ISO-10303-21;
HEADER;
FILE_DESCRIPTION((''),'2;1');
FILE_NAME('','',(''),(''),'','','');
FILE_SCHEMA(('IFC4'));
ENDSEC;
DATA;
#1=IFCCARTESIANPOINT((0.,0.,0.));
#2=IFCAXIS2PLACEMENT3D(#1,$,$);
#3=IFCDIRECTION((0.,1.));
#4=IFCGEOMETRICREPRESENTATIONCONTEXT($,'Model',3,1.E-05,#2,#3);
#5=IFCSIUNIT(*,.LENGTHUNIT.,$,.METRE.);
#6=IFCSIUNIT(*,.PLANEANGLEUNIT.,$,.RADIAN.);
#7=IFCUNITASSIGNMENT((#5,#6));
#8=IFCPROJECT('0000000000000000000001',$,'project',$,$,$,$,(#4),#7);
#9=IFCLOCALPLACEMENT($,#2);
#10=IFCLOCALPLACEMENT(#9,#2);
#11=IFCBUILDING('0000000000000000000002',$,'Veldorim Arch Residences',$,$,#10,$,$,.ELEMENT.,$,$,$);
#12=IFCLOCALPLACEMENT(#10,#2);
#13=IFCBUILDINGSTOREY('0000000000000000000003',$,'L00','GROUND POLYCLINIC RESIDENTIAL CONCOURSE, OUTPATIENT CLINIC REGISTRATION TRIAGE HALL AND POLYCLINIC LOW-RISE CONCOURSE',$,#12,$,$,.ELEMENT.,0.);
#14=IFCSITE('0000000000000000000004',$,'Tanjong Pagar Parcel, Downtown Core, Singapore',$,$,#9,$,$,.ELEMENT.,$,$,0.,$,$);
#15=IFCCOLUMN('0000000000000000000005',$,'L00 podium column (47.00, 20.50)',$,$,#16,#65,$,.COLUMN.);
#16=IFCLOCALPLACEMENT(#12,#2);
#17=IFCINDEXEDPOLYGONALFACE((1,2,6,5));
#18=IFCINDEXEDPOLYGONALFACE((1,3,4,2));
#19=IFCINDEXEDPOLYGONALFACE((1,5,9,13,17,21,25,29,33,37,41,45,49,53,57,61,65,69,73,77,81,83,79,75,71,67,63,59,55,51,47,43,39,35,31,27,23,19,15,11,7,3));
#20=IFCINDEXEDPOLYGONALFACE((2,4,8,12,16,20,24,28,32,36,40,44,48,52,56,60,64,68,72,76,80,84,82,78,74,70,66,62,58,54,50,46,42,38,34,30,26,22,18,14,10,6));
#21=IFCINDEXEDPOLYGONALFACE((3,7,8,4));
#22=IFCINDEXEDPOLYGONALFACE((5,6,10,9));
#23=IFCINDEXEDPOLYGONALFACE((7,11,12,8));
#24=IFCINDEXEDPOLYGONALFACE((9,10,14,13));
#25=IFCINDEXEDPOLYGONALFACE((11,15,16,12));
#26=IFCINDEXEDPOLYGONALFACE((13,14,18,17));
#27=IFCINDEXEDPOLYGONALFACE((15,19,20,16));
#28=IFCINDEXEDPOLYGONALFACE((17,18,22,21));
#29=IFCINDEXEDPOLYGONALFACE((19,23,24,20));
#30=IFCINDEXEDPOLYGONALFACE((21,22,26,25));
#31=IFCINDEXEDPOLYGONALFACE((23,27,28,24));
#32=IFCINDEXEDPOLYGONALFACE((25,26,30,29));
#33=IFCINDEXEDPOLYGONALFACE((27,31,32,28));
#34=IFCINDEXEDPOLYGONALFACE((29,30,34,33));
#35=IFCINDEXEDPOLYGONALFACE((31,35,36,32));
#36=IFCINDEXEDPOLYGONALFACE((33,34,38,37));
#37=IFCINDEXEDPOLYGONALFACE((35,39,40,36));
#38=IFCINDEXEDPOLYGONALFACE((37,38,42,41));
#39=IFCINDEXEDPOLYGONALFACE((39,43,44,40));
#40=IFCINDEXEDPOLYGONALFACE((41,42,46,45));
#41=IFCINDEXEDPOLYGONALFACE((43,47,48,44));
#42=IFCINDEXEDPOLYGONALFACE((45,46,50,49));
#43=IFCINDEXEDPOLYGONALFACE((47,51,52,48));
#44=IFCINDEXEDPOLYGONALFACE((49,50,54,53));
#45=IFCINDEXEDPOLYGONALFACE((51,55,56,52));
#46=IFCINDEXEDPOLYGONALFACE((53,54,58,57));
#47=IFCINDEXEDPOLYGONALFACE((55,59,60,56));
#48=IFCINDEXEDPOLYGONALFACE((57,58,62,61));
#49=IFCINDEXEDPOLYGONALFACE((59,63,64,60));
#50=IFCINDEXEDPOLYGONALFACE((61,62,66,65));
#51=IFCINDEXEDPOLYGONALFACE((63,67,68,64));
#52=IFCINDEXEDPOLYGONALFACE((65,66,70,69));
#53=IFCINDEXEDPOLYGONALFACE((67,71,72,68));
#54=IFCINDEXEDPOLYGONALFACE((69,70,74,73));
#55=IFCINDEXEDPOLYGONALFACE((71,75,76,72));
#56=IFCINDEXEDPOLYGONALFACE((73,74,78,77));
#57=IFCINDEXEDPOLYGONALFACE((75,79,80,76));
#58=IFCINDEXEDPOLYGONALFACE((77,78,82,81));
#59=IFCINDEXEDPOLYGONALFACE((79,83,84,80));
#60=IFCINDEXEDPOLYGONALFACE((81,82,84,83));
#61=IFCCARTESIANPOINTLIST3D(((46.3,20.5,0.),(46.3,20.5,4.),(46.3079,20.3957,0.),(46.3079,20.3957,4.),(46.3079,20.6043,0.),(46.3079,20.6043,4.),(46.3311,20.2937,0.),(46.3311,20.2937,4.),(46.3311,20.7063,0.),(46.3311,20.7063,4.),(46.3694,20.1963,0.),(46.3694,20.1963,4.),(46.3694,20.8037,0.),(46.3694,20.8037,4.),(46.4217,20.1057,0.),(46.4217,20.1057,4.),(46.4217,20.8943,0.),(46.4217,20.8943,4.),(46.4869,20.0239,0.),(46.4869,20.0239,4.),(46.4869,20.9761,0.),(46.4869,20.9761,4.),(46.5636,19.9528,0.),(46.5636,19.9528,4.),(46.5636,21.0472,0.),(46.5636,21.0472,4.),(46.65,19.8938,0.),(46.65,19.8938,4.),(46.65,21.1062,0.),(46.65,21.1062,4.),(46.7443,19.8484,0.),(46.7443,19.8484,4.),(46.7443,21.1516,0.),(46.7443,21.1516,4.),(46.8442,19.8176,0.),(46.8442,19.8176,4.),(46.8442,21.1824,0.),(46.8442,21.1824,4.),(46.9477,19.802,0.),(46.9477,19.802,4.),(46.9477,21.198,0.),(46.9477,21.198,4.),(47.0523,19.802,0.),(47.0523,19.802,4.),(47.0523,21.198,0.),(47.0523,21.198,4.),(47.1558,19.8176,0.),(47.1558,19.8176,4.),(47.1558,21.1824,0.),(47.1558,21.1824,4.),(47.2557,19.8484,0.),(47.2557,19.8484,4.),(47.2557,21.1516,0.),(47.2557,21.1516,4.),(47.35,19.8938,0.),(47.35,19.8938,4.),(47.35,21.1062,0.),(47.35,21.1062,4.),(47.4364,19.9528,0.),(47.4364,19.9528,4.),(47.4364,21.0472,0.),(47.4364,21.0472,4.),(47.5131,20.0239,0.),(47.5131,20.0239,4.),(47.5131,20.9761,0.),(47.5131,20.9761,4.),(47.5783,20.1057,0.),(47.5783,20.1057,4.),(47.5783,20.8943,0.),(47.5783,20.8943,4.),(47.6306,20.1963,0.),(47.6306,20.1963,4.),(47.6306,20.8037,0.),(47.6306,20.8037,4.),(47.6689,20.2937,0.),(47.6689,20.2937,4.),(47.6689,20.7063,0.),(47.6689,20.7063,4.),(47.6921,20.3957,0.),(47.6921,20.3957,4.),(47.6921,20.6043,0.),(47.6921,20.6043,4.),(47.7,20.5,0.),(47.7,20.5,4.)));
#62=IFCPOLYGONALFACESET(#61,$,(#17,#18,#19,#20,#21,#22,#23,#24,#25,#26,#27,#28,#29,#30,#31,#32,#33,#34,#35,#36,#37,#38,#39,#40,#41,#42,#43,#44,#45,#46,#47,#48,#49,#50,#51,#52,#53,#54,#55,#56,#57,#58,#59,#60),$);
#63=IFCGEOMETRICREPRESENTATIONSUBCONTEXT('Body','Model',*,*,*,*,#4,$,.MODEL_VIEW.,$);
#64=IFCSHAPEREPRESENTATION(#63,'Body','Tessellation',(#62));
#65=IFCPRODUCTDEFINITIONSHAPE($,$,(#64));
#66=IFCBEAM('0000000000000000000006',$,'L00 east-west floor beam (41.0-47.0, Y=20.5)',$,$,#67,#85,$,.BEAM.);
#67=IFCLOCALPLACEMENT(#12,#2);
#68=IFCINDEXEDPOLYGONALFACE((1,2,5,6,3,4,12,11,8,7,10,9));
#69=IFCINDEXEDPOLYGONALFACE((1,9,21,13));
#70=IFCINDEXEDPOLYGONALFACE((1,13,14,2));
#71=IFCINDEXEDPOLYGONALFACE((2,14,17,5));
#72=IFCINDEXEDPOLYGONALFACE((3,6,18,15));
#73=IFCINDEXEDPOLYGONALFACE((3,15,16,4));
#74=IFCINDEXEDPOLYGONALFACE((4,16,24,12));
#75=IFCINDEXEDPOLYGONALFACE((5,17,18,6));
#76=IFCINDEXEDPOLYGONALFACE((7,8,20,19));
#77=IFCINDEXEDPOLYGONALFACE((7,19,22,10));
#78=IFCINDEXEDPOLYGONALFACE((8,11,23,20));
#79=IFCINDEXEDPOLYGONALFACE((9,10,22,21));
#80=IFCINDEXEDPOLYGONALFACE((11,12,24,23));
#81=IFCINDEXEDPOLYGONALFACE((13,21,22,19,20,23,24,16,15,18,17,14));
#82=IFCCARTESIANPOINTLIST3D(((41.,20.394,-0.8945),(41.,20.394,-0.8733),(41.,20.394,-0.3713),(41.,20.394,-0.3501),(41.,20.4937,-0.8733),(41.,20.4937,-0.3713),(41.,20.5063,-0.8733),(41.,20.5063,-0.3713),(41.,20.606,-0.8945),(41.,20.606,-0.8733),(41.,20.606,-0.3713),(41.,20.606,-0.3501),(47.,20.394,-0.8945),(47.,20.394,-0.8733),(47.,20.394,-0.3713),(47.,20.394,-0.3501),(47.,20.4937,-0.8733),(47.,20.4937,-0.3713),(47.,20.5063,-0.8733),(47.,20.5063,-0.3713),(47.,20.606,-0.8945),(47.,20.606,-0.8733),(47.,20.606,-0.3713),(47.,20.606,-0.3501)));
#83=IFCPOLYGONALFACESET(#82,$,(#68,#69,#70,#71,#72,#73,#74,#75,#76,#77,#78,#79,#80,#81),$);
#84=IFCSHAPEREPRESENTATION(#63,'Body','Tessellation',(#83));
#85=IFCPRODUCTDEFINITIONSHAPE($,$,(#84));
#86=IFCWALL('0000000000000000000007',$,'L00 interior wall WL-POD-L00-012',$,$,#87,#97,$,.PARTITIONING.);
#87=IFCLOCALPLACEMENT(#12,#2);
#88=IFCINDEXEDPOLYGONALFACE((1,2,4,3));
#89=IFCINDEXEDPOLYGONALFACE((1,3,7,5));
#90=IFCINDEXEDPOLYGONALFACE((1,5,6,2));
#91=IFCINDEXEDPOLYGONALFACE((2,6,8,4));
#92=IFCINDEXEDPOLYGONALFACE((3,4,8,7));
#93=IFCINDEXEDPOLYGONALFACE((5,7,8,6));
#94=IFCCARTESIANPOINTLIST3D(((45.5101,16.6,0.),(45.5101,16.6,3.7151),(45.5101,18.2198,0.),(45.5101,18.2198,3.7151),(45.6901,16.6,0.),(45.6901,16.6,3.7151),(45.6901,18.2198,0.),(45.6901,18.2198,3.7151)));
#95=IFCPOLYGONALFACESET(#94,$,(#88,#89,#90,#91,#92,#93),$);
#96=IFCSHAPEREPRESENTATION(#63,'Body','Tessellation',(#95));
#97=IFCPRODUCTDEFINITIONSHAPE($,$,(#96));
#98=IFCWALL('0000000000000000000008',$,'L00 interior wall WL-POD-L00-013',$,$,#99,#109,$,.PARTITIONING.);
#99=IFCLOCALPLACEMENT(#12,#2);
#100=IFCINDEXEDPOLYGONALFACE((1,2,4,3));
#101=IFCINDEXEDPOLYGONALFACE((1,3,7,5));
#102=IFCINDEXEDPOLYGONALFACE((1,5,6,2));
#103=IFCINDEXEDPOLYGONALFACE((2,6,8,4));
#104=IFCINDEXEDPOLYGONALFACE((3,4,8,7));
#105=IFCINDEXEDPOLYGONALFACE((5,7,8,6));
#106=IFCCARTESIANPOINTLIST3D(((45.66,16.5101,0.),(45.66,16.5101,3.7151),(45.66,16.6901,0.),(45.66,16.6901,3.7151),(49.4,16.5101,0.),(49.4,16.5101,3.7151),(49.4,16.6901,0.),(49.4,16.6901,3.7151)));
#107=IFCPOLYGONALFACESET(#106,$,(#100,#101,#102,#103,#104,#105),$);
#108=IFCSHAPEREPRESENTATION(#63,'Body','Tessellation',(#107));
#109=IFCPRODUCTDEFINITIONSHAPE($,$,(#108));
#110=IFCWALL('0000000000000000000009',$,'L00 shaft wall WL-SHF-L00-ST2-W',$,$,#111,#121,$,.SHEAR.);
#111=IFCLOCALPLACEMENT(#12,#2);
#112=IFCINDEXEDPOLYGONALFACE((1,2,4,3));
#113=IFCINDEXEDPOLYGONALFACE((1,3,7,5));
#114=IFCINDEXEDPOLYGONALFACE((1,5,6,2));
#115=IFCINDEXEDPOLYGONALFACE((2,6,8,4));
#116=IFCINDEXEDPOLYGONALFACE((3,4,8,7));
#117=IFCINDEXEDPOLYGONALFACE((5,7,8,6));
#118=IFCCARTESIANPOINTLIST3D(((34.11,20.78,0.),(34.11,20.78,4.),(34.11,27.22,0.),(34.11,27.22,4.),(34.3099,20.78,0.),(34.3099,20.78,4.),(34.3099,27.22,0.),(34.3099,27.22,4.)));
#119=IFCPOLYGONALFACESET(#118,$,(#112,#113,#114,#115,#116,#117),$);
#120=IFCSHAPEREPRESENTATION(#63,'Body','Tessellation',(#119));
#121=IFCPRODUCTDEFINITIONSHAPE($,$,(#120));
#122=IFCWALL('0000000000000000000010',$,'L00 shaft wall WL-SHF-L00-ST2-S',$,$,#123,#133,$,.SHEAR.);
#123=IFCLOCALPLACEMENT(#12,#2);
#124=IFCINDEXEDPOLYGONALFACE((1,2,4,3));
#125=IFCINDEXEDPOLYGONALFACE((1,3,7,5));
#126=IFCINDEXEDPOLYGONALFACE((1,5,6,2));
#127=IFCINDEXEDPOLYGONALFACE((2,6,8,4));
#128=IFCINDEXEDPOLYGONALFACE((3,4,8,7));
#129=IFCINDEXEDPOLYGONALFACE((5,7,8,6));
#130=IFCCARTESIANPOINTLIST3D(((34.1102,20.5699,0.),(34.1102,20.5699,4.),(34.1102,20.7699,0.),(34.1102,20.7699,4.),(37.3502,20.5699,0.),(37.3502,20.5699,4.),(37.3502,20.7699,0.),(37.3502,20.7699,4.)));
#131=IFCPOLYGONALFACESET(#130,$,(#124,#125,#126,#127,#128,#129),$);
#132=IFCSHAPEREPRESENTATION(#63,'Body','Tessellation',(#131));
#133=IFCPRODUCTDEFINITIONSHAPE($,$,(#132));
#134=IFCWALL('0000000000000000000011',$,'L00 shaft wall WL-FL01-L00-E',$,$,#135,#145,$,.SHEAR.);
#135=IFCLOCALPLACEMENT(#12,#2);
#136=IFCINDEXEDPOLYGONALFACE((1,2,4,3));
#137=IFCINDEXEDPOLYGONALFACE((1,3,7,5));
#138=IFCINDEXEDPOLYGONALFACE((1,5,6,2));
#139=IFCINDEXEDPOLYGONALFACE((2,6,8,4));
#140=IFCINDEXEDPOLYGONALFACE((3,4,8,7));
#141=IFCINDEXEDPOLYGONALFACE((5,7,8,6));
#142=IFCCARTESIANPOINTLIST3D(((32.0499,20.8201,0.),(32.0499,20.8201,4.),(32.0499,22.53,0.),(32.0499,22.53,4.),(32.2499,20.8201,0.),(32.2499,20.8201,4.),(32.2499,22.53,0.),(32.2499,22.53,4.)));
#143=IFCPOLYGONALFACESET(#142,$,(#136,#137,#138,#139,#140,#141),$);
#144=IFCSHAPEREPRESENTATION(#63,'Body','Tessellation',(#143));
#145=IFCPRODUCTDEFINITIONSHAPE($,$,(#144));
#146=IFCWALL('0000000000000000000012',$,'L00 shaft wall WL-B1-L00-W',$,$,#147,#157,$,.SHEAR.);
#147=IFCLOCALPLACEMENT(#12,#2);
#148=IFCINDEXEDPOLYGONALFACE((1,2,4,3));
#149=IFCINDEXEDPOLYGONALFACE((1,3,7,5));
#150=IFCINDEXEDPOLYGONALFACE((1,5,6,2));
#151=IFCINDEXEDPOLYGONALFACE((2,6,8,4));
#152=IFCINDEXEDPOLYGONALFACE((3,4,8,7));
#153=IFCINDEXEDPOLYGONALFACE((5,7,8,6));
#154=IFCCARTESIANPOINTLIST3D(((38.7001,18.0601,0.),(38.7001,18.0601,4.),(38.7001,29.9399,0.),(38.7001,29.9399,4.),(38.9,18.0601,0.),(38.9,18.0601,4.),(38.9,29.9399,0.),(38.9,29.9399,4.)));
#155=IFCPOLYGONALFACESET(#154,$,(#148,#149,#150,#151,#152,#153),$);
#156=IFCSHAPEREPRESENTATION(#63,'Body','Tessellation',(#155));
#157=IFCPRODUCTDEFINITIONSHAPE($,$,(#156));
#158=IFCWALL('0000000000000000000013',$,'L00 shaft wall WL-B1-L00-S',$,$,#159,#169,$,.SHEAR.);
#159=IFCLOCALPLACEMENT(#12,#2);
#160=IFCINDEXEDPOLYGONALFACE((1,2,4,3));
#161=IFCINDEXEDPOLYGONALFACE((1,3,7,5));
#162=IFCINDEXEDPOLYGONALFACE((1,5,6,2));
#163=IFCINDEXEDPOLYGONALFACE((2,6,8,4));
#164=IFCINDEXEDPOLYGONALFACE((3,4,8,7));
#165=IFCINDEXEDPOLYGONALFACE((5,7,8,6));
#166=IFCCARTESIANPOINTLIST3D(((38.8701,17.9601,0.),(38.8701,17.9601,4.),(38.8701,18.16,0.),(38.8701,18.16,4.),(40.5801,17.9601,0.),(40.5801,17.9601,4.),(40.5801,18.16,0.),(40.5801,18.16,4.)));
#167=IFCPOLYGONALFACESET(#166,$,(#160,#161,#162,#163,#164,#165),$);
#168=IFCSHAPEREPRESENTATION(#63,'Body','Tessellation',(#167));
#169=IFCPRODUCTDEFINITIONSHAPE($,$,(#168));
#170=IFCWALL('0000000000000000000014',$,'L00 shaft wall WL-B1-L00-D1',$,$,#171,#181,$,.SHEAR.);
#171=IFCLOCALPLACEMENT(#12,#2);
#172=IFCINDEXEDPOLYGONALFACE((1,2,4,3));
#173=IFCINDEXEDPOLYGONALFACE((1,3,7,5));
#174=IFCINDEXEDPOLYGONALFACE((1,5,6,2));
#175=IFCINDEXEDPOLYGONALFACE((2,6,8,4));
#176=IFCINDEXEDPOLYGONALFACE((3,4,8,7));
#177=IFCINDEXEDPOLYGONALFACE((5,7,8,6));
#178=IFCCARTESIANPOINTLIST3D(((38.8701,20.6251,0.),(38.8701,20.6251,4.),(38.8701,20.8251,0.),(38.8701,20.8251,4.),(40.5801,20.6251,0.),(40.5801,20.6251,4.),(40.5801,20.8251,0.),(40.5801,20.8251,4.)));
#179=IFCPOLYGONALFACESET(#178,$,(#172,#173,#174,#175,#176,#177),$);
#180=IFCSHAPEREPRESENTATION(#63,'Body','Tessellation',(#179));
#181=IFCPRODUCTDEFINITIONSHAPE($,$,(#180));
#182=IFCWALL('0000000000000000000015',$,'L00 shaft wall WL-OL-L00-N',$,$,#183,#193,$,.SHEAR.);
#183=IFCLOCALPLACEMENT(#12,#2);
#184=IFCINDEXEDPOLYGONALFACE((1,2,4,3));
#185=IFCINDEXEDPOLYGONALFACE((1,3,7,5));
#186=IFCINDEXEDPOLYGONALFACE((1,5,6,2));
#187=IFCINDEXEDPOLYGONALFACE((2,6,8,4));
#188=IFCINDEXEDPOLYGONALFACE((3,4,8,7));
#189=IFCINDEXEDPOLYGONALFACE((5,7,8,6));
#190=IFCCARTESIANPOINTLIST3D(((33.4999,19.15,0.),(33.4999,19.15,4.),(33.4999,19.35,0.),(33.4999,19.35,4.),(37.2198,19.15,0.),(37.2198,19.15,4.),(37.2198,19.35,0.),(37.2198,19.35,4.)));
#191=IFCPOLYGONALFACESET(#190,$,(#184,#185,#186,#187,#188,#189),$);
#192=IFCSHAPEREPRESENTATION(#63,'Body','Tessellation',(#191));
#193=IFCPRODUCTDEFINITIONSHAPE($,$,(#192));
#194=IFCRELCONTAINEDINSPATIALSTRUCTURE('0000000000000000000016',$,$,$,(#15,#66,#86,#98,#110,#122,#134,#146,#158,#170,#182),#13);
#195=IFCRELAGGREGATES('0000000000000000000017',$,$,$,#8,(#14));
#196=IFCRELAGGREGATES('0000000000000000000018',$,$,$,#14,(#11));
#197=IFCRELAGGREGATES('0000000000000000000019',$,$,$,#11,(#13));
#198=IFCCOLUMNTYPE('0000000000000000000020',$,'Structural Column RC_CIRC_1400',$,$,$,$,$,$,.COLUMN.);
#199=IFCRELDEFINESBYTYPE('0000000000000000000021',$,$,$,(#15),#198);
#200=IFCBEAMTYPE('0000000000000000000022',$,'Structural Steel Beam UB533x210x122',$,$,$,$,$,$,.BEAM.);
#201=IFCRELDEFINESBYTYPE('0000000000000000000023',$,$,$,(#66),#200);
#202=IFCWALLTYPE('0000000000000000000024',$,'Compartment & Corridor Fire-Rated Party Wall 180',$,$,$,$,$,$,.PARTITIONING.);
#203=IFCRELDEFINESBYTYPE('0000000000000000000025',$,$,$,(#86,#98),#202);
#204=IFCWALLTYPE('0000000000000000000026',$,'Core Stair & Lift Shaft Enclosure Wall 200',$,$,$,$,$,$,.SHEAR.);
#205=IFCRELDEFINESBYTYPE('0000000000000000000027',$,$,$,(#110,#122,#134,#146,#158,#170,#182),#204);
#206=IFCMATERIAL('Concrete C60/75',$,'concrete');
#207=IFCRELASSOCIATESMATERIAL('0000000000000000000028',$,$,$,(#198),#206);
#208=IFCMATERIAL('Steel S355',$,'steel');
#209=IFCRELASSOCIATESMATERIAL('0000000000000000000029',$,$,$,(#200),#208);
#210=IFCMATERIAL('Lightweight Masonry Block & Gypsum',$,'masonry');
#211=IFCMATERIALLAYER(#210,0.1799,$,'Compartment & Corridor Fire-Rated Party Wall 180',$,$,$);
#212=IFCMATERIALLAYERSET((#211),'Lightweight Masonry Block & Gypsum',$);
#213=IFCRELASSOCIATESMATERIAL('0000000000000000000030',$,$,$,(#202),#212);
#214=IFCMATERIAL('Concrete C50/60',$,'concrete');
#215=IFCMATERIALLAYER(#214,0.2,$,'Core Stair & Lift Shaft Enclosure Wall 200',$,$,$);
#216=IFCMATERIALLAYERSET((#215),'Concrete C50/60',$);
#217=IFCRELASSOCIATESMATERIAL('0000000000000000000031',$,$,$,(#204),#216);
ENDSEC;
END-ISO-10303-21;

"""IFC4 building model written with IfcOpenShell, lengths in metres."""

from ifc_helpers import new_model, si_unit, direction, frame, frame_2d, origin, origin_2d, place, context, subcontext, project, spatial, rectangle, circle, i_section, extrude, material, layer, layer_set, material_profile, profile_set, type_object, element, save


model = new_model("IFC4")

# Units and contexts
model_context = context("Model", 3, precision=1e-05, world=origin(), true_north=direction((0.0, 1.0)))
body_context = subcontext(model_context, "Body", "Model", "MODEL_VIEW")
ifc_project = project(units=[si_unit("LENGTHUNIT", "METRE"), si_unit("PLANEANGLEUNIT", "RADIAN")], contexts=[model_context])

# Site, building, storey
site_placement = place(None, origin())
site = spatial("IfcSite", under=ifc_project, at=site_placement, Name="Tanjong Pagar Parcel, Downtown Core, Singapore", CompositionType="ELEMENT", RefElevation=0.0)
building_placement = place(site_placement, origin())
building = spatial("IfcBuilding", under=site, at=building_placement, Name="Veldorim Arch Residences", CompositionType="ELEMENT")
storey_placement = place(building_placement, origin())
storey = spatial("IfcBuildingStorey", under=building, at=storey_placement, Name="L00", Description="GROUND POLYCLINIC RESIDENTIAL CONCOURSE, OUTPATIENT CLINIC REGISTRATION TRIAGE HALL AND POLYCLINIC LOW-RISE CONCOURSE", CompositionType="ELEMENT", Elevation=0.0)

# Column
ifc_material_1 = material(Name="Concrete C60/75", Category="concrete")
ifc_material_profile_1 = material_profile(ifc_material_1, circle(Radius=0.7, at=origin_2d()), Name="RC_CIRC_1400")
ifc_profile_set_1 = profile_set([ifc_material_profile_1], Name="Concrete C60/75")
column_type = type_object("IfcColumnType", Name="Structural Column RC_CIRC_1400", PredefinedType="COLUMN", material=ifc_profile_set_1)
column_placement = place(storey_placement, frame((47.0, 20.5, 0.0), z_axis=(0.0, 0.0, 1.0), x_axis=(1.0, 0.0, 0.0)))
element("IfcColumn", 1, at=column_placement, inside=storey, type_object=column_type, Name="L00 podium column (47.00, 20.50)", PredefinedType="COLUMN", context=body_context, shape_type="SweptSolid", body=[
    extrude(circle(Radius=0.7, at=origin_2d()), origin(), (0.0, 0.0, 1.0), 4.0),
])

# Beam
ifc_material_2 = material(Name="Steel S355", Category="steel")
ifc_material_profile_2 = material_profile(ifc_material_2, i_section(OverallWidth=0.2119, OverallDepth=0.5444, WebThickness=0.0127, FlangeThickness=0.0212, at=origin_2d()), Name="UB533x210x122")
ifc_profile_set_2 = profile_set([ifc_material_profile_2], Name="Steel S355")
beam_type = type_object("IfcBeamType", Name="Structural Steel Beam UB533x210x122", PredefinedType="BEAM", material=ifc_profile_set_2)
beam_placement = place(storey_placement, frame((41.0, 20.5, -0.6223), z_axis=(1.0, 0.0, 0.0), x_axis=(0.0, 1.0, 0.0)))
element("IfcBeam", 2, at=beam_placement, inside=storey, type_object=beam_type, Name="L00 east-west floor beam (41.0-47.0, Y=20.5)", PredefinedType="BEAM", context=body_context, shape_type="SweptSolid", body=[
    extrude(i_section(OverallWidth=0.2119, OverallDepth=0.5444, WebThickness=0.0127, FlangeThickness=0.0212, at=origin_2d()), origin(), (0.0, 0.0, 1.0), 6.0),
])

# Walls
ifc_material_3 = material(Name="Lightweight Masonry Block & Gypsum", Category="masonry")
ifc_layer_1 = layer(ifc_material_3, 0.1799, Name="Compartment & Corridor Fire-Rated Party Wall 180")
ifc_layer_set_1 = layer_set([ifc_layer_1], Name="Lightweight Masonry Block & Gypsum")
wall_type_1 = type_object("IfcWallType", Name="Compartment & Corridor Fire-Rated Party Wall 180", PredefinedType="PARTITIONING", material=ifc_layer_set_1)
wall_1_placement = place(storey_placement, frame((45.6001, 18.22, 0.0), z_axis=(0.0, 0.0, 1.0), x_axis=(0.0, -1.0, 0.0)))
element("IfcWall", 3, at=wall_1_placement, inside=storey, type_object=wall_type_1, Name="L00 interior wall WL-POD-L00-012", PredefinedType="PARTITIONING", context=body_context, shape_type="SweptSolid", body=[
    extrude(rectangle(XDim=1.6199, YDim=0.1799, at=frame_2d((0.8101, 0.0))), origin(), (0.0, 0.0, 1.0), 3.7151),
])
wall_2_placement = place(storey_placement, frame((45.6599, 16.6001, 0.0), z_axis=(0.0, 0.0, 1.0), x_axis=(1.0, 0.0, 0.0)))
element("IfcWall", 4, at=wall_2_placement, inside=storey, type_object=wall_type_1, Name="L00 interior wall WL-POD-L00-013", PredefinedType="PARTITIONING", context=body_context, shape_type="SweptSolid", body=[
    extrude(rectangle(XDim=3.74, YDim=0.1799, at=frame_2d((1.8701, 0.0))), origin(), (0.0, 0.0, 1.0), 3.7151),
])
ifc_material_4 = material(Name="Concrete C50/60", Category="concrete")
ifc_layer_2 = layer(ifc_material_4, 0.2, Name="Core Stair & Lift Shaft Enclosure Wall 200")
ifc_layer_set_2 = layer_set([ifc_layer_2], Name="Concrete C50/60")
wall_type_2 = type_object("IfcWallType", Name="Core Stair & Lift Shaft Enclosure Wall 200", PredefinedType="SHEAR", material=ifc_layer_set_2)
wall_3_placement = place(storey_placement, frame((34.21, 20.78, 0.0), z_axis=(0.0, 0.0, 1.0), x_axis=(0.0, 1.0, 0.0)))
element("IfcWall", 5, at=wall_3_placement, inside=storey, type_object=wall_type_2, Name="L00 shaft wall WL-SHF-L00-ST2-W", PredefinedType="SHEAR", context=body_context, shape_type="SweptSolid", body=[
    extrude(rectangle(XDim=6.4399, YDim=0.2, at=frame_2d((3.22, 0.0))), origin(), (0.0, 0.0, 1.0), 4.0),
])
wall_4_placement = place(storey_placement, frame((34.1101, 20.6699, 0.0), z_axis=(0.0, 0.0, 1.0), x_axis=(1.0, 0.0, 0.0)))
element("IfcWall", 6, at=wall_4_placement, inside=storey, type_object=wall_type_2, Name="L00 shaft wall WL-SHF-L00-ST2-S", PredefinedType="SHEAR", context=body_context, shape_type="SweptSolid", body=[
    extrude(rectangle(XDim=3.24, YDim=0.2, at=frame_2d((1.6201, 0.0))), origin(), (0.0, 0.0, 1.0), 4.0),
])
wall_5_placement = place(storey_placement, frame((32.1499, 20.8201, 0.0), z_axis=(0.0, 0.0, 1.0), x_axis=(0.0, 1.0, 0.0)))
element("IfcWall", 7, at=wall_5_placement, inside=storey, type_object=wall_type_2, Name="L00 shaft wall WL-FL01-L00-E", PredefinedType="SHEAR", context=body_context, shape_type="SweptSolid", body=[
    extrude(rectangle(XDim=1.71, YDim=0.2, at=frame_2d((0.855, 0.0))), origin(), (0.0, 0.0, 1.0), 4.0),
])
wall_6_placement = place(storey_placement, frame((38.8, 18.0601, 0.0), z_axis=(0.0, 0.0, 1.0), x_axis=(0.0, 1.0, 0.0)))
element("IfcWall", 8, at=wall_6_placement, inside=storey, type_object=wall_type_2, Name="L00 shaft wall WL-B1-L00-W", PredefinedType="SHEAR", context=body_context, shape_type="SweptSolid", body=[
    extrude(rectangle(XDim=11.8799, YDim=0.2, at=frame_2d((5.9399, 0.0))), origin(), (0.0, 0.0, 1.0), 4.0),
])
for number, where, z_axis, x_axis, name in (
    (9, (38.8701, 18.0601, 0.0), (0.0, 0.0, 1.0), (1.0, 0.0, 0.0), "L00 shaft wall WL-B1-L00-S"),
    (10, (38.8701, 20.7251, 0.0), (0.0, 0.0, 1.0), (1.0, 0.0, 0.0), "L00 shaft wall WL-B1-L00-D1"),
):
    element("IfcWall", number, at=place(storey_placement, frame(where, z_axis=z_axis, x_axis=x_axis)), inside=storey, type_object=wall_type_2, Name=name, PredefinedType="SHEAR", context=body_context, shape_type="SweptSolid", body=[
        extrude(rectangle(XDim=1.71, YDim=0.2, at=frame_2d((0.855, 0.0))), origin(), (0.0, 0.0, 1.0), 4.0),
    ])
wall_7_placement = place(storey_placement, frame((33.5, 19.25, 0.0), z_axis=(0.0, 0.0, 1.0), x_axis=(1.0, 0.0, 0.0)))
element("IfcWall", 11, at=wall_7_placement, inside=storey, type_object=wall_type_2, Name="L00 shaft wall WL-OL-L00-N", PredefinedType="SHEAR", context=body_context, shape_type="SweptSolid", body=[
    extrude(rectangle(XDim=3.72, YDim=0.2, at=frame_2d((1.8599, 0.0))), origin(), (0.0, 0.0, 1.0), 4.0),
])

save(model, "model.ifc")
